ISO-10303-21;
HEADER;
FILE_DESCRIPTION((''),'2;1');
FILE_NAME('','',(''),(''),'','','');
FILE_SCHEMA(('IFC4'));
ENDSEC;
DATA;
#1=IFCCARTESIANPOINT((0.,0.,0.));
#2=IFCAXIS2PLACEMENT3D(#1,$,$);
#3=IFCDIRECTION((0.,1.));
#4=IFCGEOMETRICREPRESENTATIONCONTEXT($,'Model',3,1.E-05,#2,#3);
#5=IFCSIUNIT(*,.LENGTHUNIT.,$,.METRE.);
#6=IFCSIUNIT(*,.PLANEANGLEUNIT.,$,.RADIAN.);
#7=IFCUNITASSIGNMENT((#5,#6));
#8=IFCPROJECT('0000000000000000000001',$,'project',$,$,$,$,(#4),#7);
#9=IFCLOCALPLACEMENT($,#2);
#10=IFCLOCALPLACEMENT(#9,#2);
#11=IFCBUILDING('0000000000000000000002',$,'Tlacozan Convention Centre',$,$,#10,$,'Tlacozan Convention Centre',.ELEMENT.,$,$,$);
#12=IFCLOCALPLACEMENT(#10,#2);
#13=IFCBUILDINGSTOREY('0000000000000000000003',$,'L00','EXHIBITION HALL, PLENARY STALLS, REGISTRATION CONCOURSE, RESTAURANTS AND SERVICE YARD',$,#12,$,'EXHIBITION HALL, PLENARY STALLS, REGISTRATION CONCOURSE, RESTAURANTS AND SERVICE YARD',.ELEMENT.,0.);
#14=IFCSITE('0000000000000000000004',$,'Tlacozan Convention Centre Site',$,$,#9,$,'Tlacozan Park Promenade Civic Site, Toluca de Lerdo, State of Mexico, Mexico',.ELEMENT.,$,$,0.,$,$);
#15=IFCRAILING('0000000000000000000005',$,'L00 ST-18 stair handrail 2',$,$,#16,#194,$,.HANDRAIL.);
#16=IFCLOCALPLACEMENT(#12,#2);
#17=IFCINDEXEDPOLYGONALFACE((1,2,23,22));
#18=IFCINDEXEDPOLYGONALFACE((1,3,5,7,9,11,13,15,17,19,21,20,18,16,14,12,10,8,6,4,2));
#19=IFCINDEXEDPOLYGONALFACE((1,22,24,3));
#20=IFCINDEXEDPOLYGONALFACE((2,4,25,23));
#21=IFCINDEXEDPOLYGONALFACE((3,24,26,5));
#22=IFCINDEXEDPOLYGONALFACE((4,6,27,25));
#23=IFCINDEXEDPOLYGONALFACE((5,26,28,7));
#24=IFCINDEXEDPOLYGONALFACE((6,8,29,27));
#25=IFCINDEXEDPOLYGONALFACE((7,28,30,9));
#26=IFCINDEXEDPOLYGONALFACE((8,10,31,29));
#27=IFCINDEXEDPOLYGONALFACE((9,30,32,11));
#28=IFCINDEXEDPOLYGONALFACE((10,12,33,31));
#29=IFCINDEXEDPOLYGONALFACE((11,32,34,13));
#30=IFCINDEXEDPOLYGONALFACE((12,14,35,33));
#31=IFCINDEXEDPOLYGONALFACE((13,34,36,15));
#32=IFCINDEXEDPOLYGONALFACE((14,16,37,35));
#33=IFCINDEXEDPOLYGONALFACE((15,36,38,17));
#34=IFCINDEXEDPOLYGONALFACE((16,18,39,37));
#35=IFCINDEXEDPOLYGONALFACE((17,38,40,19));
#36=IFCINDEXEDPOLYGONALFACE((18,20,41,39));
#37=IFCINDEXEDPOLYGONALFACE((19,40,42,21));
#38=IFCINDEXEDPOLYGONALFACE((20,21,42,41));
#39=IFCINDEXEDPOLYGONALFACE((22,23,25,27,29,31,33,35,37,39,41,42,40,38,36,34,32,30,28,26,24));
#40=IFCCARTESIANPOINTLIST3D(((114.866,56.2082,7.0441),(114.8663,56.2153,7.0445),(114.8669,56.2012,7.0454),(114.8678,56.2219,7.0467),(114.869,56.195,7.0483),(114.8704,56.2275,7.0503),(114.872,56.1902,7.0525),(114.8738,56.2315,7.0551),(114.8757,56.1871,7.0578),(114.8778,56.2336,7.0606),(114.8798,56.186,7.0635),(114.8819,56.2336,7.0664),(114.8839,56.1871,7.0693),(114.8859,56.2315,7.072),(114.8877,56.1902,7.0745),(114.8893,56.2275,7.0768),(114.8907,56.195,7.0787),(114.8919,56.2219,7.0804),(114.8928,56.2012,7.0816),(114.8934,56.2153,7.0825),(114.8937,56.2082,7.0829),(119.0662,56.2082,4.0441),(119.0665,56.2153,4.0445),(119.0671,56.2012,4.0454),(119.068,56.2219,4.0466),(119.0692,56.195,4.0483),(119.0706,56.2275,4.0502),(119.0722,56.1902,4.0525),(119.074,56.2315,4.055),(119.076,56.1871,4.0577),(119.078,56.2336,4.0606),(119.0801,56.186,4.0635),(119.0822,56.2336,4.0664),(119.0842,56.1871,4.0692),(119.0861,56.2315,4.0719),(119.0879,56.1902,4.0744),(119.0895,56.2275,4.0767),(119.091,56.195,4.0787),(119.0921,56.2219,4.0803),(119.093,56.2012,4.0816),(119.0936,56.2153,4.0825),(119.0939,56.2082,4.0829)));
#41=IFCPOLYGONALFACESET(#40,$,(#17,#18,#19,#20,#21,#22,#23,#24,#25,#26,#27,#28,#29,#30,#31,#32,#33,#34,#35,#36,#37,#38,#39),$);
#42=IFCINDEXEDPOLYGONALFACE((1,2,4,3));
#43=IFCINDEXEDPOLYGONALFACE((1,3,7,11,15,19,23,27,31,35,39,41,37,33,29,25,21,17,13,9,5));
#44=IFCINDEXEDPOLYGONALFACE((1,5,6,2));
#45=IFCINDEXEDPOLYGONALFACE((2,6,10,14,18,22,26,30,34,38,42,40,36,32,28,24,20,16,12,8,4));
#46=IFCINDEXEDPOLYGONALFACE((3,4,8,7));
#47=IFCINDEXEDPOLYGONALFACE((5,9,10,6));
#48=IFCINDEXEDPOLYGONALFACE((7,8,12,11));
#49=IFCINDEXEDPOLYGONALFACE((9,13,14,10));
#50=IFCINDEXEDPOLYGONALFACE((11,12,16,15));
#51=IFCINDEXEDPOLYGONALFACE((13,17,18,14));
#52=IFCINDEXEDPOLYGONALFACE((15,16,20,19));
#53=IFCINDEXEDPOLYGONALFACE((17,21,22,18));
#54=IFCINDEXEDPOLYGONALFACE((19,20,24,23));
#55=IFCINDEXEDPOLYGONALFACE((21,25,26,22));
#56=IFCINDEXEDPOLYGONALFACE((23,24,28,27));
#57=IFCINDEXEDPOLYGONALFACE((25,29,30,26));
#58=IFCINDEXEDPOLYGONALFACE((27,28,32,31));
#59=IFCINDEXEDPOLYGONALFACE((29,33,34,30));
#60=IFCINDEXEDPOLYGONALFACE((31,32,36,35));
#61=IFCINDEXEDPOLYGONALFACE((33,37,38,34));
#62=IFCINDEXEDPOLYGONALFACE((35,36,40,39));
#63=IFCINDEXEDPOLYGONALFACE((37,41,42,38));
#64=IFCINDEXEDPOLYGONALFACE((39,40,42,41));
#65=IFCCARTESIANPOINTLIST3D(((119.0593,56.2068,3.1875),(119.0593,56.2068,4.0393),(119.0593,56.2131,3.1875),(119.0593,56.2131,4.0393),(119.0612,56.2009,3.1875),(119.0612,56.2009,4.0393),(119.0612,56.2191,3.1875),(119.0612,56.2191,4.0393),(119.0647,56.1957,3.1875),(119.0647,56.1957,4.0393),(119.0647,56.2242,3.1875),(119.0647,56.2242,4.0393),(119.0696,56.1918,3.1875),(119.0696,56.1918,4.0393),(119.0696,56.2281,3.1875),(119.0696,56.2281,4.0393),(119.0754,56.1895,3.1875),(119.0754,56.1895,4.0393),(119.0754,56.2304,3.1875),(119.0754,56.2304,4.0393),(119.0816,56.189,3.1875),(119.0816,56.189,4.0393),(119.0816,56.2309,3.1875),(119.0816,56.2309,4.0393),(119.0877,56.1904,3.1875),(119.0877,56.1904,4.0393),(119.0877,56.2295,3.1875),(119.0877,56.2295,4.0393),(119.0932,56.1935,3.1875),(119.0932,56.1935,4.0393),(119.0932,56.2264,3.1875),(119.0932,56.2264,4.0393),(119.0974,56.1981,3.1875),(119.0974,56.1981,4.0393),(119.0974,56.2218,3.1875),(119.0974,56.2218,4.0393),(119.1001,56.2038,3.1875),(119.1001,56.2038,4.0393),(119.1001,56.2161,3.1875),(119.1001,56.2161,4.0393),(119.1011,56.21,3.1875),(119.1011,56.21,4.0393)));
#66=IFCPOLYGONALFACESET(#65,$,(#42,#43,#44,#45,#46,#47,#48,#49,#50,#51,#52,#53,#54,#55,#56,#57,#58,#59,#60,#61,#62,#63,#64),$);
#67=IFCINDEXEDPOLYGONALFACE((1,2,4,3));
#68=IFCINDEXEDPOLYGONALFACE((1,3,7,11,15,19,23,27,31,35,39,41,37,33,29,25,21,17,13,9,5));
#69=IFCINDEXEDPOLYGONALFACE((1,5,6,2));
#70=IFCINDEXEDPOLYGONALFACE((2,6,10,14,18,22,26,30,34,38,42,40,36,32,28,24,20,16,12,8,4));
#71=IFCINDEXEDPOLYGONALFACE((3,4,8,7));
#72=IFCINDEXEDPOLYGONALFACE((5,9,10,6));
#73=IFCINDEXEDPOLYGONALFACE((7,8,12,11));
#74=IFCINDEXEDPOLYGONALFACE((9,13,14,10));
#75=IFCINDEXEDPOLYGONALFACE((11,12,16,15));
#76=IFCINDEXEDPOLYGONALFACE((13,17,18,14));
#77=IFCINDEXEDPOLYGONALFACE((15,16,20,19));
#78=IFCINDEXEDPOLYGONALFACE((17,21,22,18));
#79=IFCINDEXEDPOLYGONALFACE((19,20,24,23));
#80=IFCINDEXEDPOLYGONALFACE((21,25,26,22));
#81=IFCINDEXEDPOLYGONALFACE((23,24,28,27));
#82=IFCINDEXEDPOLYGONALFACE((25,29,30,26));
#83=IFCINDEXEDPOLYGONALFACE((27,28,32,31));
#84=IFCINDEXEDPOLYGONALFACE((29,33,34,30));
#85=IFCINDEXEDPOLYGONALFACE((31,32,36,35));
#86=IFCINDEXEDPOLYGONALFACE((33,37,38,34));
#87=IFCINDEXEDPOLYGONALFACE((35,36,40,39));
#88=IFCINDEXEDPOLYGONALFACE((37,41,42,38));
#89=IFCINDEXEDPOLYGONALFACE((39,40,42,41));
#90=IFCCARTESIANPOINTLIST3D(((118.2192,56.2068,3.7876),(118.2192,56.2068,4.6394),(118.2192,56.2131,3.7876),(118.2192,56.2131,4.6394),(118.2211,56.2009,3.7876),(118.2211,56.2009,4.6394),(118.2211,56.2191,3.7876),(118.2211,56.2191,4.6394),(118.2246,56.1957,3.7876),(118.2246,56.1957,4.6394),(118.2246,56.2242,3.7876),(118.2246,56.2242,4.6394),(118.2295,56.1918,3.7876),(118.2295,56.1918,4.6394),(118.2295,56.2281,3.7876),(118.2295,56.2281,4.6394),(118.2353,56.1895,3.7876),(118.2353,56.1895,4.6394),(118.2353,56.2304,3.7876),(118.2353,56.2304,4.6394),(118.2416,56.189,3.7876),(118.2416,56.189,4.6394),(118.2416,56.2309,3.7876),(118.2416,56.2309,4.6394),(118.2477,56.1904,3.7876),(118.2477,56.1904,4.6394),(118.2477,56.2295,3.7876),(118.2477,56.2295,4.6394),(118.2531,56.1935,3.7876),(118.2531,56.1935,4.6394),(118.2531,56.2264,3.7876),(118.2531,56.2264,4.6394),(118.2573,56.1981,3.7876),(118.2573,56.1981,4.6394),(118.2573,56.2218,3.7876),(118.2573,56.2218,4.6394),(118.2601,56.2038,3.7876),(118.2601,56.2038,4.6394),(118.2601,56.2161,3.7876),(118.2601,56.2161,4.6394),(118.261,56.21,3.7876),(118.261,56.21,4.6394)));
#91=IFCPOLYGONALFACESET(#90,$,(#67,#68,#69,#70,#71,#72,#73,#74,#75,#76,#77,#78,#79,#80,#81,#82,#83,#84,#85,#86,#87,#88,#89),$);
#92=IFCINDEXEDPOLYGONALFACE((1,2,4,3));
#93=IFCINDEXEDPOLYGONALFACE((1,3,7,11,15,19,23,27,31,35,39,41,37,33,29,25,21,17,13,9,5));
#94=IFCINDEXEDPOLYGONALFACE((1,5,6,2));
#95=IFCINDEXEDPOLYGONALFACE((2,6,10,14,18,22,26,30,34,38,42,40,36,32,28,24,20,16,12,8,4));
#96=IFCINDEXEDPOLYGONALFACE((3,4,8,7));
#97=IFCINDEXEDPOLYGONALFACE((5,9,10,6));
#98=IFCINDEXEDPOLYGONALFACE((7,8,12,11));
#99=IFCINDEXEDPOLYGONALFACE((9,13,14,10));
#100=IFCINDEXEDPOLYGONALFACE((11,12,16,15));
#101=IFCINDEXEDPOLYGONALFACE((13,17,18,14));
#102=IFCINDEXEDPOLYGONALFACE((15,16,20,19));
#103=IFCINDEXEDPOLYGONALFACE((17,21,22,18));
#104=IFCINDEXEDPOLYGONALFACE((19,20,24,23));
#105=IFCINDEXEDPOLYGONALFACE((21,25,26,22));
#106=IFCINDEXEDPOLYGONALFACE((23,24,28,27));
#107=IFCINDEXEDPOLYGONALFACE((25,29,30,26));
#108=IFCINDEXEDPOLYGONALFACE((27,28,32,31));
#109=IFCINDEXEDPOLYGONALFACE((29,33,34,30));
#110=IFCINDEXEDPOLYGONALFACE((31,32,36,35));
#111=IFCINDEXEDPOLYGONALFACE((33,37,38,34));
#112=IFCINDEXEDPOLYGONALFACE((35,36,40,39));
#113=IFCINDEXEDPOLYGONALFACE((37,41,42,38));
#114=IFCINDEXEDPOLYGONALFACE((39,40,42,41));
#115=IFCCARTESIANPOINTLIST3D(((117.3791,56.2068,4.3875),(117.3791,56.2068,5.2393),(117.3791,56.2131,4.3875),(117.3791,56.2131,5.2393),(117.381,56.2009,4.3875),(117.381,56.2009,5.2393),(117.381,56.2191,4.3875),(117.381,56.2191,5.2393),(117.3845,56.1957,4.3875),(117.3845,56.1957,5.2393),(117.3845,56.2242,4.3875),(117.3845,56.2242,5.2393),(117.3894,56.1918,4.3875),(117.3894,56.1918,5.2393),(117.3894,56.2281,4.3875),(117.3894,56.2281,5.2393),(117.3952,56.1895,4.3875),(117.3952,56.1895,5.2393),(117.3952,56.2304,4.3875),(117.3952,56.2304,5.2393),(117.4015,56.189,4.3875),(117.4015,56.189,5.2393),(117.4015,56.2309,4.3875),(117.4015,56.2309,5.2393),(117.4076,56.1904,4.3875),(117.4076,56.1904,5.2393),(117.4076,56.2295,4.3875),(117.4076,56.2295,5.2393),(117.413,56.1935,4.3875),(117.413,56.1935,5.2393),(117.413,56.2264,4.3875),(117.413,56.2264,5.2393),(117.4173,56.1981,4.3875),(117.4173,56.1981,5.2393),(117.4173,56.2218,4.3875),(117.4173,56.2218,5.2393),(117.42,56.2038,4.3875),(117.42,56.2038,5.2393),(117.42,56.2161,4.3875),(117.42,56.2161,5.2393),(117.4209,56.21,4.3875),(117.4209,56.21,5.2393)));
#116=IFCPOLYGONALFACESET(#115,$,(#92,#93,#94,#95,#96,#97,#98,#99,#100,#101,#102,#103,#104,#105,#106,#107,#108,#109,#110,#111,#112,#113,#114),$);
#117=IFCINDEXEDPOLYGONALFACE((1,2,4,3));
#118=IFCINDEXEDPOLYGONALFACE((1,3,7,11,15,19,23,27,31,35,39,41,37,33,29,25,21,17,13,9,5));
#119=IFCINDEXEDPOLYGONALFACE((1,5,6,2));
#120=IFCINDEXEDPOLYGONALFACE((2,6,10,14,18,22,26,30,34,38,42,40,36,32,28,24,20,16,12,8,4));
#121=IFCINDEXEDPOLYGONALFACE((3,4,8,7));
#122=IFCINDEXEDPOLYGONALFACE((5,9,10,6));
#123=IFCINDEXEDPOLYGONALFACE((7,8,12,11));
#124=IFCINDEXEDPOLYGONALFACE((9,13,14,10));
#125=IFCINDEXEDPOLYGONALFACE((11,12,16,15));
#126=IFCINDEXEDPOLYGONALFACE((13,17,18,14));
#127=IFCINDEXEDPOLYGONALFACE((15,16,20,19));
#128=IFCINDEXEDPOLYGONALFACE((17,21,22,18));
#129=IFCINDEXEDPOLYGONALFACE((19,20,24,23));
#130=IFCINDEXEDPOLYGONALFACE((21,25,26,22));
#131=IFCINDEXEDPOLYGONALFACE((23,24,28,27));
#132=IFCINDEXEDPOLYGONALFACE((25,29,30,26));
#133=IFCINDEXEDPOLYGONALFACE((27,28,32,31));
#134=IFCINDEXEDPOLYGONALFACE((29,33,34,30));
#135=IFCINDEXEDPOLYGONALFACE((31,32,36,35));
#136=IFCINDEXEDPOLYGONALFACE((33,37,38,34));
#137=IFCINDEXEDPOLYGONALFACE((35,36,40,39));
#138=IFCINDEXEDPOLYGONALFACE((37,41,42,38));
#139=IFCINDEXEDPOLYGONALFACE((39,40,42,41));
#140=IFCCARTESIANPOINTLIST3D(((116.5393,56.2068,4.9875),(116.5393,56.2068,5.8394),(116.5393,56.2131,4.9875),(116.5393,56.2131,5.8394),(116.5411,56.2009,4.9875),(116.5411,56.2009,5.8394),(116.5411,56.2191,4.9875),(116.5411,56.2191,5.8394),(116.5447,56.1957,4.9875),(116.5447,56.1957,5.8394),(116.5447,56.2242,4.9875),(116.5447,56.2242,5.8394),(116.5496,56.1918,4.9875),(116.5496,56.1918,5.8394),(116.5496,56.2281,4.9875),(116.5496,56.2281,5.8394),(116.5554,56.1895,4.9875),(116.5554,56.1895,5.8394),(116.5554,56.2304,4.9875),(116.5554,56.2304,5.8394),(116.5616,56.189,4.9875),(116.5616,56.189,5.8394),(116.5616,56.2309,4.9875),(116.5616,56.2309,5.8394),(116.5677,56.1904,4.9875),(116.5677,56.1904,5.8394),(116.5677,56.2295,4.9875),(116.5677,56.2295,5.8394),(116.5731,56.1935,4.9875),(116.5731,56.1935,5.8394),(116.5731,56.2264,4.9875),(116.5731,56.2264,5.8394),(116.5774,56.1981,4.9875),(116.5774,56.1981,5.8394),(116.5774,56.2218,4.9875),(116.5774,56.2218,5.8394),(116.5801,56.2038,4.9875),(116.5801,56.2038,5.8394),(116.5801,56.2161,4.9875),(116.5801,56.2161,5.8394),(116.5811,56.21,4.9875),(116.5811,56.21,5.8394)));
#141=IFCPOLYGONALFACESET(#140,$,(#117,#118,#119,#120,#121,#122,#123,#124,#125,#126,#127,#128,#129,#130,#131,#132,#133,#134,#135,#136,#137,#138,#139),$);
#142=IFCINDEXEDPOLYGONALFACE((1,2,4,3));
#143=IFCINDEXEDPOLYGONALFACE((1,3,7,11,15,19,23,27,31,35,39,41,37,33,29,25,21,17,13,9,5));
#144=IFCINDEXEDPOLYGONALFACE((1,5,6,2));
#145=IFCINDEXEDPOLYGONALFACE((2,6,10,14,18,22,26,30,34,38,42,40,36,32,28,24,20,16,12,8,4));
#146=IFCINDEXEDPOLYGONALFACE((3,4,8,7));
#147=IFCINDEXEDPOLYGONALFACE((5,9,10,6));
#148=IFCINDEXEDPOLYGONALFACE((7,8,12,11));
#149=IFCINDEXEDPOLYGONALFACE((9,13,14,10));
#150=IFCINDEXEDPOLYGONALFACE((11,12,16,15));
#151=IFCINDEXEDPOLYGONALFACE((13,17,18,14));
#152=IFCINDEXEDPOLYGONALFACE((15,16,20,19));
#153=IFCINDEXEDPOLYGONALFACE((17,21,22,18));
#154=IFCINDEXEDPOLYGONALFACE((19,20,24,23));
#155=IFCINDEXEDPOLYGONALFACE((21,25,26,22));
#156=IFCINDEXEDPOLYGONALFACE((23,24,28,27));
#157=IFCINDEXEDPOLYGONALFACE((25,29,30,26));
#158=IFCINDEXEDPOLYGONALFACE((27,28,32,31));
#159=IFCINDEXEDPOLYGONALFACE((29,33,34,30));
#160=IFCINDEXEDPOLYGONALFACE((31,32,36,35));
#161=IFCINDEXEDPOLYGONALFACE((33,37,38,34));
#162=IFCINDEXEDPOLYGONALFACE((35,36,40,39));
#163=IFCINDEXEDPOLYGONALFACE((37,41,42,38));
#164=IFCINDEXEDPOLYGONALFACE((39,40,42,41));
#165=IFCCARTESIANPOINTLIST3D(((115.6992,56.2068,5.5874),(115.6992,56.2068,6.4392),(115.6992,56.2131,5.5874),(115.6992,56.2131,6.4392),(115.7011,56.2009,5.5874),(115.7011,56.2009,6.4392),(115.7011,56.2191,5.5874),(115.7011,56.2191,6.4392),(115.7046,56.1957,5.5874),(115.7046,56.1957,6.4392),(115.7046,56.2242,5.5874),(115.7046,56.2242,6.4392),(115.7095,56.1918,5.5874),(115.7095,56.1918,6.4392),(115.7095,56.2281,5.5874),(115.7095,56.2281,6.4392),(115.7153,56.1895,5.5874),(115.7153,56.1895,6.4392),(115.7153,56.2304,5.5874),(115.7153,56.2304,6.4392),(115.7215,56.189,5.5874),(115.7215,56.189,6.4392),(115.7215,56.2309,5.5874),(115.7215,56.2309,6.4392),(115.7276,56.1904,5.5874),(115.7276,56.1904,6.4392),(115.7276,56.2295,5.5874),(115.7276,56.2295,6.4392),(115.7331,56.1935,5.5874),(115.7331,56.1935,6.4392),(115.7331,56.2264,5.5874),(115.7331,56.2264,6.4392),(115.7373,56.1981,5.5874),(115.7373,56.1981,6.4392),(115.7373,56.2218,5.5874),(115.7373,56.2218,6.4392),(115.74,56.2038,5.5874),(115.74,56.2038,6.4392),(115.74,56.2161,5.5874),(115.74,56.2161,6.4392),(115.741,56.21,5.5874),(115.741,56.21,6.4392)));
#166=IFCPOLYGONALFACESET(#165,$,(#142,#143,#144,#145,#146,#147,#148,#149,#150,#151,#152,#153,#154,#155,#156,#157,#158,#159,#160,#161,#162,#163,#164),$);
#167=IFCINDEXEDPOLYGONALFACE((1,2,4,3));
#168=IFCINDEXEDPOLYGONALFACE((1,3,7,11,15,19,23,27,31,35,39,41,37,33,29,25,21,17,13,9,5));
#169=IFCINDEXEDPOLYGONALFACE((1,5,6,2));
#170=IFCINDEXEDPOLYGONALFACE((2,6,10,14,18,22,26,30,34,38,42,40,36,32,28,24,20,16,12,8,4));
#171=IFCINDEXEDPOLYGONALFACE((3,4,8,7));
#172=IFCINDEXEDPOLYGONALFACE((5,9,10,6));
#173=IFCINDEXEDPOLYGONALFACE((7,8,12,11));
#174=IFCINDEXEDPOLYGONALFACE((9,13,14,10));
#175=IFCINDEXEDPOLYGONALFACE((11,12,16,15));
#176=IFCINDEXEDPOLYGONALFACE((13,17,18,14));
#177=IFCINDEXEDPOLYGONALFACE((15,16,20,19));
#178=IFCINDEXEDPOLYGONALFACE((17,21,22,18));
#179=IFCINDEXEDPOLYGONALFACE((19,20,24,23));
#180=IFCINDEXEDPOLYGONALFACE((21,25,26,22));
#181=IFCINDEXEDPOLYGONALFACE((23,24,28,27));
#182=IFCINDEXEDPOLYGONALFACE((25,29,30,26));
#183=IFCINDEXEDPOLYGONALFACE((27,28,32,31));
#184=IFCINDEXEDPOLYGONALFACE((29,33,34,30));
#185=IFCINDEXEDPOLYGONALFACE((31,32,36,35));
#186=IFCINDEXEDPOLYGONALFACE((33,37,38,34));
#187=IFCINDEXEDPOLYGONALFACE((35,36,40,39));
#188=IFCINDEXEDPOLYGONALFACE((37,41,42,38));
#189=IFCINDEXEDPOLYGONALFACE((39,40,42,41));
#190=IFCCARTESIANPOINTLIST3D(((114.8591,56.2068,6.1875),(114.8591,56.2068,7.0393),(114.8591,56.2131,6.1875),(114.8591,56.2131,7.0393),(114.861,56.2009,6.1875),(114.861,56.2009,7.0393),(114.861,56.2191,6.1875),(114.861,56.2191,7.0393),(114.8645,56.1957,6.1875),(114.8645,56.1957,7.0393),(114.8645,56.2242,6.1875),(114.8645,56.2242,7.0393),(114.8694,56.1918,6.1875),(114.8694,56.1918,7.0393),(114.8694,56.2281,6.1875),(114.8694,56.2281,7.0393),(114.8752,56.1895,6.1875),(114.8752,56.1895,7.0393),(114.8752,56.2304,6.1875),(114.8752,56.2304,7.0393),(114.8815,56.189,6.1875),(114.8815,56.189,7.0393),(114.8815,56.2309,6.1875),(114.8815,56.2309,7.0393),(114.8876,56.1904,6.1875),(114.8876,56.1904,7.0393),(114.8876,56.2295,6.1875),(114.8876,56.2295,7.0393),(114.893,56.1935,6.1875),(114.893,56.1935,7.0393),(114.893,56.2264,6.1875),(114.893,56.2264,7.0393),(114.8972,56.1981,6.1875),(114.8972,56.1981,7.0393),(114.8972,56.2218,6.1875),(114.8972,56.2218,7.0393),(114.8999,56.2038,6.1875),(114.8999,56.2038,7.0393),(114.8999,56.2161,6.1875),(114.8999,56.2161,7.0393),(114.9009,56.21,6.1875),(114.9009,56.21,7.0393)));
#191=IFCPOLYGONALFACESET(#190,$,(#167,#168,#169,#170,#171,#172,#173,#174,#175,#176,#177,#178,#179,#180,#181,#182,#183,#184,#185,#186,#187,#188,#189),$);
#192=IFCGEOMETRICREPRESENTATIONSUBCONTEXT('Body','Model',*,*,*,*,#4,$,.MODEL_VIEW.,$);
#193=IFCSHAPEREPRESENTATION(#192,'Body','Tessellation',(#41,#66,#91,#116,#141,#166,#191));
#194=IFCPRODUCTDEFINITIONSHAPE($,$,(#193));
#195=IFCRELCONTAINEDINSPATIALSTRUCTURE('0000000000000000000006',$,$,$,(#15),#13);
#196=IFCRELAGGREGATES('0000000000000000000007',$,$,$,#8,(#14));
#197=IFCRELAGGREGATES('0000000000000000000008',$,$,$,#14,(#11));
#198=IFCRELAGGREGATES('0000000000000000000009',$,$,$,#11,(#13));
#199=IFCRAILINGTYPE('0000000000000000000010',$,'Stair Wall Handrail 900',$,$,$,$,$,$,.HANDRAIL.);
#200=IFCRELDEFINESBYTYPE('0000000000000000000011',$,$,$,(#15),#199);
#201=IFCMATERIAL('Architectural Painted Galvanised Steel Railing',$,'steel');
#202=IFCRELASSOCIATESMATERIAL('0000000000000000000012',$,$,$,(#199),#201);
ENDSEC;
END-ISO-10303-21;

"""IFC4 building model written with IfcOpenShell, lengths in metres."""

from ifc_helpers import new_model, si_unit, direction, frame, origin, origin_2d, place, context, subcontext, project, spatial, circle, extrude, material, type_object, element, save


model = new_model("IFC4")

# Units and contexts
model_context = context("Model", 3, precision=1e-05, world=origin(), true_north=direction((0.0, 1.0)))
body_context = subcontext(model_context, "Body", "Model", "MODEL_VIEW")
ifc_project = project(units=[si_unit("LENGTHUNIT", "METRE"), si_unit("PLANEANGLEUNIT", "RADIAN")], contexts=[model_context])

# Site, building, storey
site_placement = place(None, origin())
site = spatial("IfcSite", under=ifc_project, at=site_placement, Name="Tlacozan Convention Centre Site", LongName="Tlacozan Park Promenade Civic Site, Toluca de Lerdo, State of Mexico, Mexico", CompositionType="ELEMENT", RefElevation=0.0)
building_placement = place(site_placement, origin())
building = spatial("IfcBuilding", under=site, at=building_placement, Name="Tlacozan Convention Centre", LongName="Tlacozan Convention Centre", CompositionType="ELEMENT")
storey_placement = place(building_placement, origin())
storey = spatial("IfcBuildingStorey", under=building, at=storey_placement, Name="L00", Description="EXHIBITION HALL, PLENARY STALLS, REGISTRATION CONCOURSE, RESTAURANTS AND SERVICE YARD", LongName="EXHIBITION HALL, PLENARY STALLS, REGISTRATION CONCOURSE, RESTAURANTS AND SERVICE YARD", CompositionType="ELEMENT", Elevation=0.0)

# Railing
ifc_material_1 = material(Name="Architectural Painted Galvanised Steel Railing", Category="steel")
railing_type_1 = type_object("IfcRailingType", Name="Stair Wall Handrail 900", PredefinedType="HANDRAIL", material=ifc_material_1)
railing_1_placement = place(storey_placement, frame((119.0801, 56.21, 3.1875)))
element("IfcRailing", 1, at=railing_1_placement, inside=storey, type_object=railing_type_1, Name="L00 ST-18 stair handrail 2", PredefinedType="HANDRAIL", context=body_context, shape_type="SweptSolid", body=[
    extrude(circle(Radius=0.0239, at=origin_2d()), frame((0.0, 0.0, 0.876), z_axis=(-0.813746, 0.0, 0.58122), x_axis=(0.0, -1.0, 0.0)), (0.0, 0.0, 1.0), 5.1616),
    extrude(circle(Radius=0.021, at=origin_2d()), origin(), (0.0, 0.0, 1.0), 0.8518),
    extrude(circle(Radius=0.021, at=origin_2d()), frame((-0.8401, 0.0, 0.6001)), (0.0, 0.0, 1.0), 0.8518),
    extrude(circle(Radius=0.021, at=origin_2d()), frame((-1.6802, 0.0, 1.2)), (0.0, 0.0, 1.0), 0.8518),
    extrude(circle(Radius=0.021, at=origin_2d()), frame((-2.52, 0.0, 1.8)), (0.0, 0.0, 1.0), 0.8518),
    extrude(circle(Radius=0.021, at=origin_2d()), frame((-3.3601, 0.0, 2.3999)), (0.0, 0.0, 1.0), 0.8518),
    extrude(circle(Radius=0.021, at=origin_2d()), frame((-4.2002, 0.0, 3.0)), (0.0, 0.0, 1.0), 0.8518),
])

save(model, "model.ifc")
